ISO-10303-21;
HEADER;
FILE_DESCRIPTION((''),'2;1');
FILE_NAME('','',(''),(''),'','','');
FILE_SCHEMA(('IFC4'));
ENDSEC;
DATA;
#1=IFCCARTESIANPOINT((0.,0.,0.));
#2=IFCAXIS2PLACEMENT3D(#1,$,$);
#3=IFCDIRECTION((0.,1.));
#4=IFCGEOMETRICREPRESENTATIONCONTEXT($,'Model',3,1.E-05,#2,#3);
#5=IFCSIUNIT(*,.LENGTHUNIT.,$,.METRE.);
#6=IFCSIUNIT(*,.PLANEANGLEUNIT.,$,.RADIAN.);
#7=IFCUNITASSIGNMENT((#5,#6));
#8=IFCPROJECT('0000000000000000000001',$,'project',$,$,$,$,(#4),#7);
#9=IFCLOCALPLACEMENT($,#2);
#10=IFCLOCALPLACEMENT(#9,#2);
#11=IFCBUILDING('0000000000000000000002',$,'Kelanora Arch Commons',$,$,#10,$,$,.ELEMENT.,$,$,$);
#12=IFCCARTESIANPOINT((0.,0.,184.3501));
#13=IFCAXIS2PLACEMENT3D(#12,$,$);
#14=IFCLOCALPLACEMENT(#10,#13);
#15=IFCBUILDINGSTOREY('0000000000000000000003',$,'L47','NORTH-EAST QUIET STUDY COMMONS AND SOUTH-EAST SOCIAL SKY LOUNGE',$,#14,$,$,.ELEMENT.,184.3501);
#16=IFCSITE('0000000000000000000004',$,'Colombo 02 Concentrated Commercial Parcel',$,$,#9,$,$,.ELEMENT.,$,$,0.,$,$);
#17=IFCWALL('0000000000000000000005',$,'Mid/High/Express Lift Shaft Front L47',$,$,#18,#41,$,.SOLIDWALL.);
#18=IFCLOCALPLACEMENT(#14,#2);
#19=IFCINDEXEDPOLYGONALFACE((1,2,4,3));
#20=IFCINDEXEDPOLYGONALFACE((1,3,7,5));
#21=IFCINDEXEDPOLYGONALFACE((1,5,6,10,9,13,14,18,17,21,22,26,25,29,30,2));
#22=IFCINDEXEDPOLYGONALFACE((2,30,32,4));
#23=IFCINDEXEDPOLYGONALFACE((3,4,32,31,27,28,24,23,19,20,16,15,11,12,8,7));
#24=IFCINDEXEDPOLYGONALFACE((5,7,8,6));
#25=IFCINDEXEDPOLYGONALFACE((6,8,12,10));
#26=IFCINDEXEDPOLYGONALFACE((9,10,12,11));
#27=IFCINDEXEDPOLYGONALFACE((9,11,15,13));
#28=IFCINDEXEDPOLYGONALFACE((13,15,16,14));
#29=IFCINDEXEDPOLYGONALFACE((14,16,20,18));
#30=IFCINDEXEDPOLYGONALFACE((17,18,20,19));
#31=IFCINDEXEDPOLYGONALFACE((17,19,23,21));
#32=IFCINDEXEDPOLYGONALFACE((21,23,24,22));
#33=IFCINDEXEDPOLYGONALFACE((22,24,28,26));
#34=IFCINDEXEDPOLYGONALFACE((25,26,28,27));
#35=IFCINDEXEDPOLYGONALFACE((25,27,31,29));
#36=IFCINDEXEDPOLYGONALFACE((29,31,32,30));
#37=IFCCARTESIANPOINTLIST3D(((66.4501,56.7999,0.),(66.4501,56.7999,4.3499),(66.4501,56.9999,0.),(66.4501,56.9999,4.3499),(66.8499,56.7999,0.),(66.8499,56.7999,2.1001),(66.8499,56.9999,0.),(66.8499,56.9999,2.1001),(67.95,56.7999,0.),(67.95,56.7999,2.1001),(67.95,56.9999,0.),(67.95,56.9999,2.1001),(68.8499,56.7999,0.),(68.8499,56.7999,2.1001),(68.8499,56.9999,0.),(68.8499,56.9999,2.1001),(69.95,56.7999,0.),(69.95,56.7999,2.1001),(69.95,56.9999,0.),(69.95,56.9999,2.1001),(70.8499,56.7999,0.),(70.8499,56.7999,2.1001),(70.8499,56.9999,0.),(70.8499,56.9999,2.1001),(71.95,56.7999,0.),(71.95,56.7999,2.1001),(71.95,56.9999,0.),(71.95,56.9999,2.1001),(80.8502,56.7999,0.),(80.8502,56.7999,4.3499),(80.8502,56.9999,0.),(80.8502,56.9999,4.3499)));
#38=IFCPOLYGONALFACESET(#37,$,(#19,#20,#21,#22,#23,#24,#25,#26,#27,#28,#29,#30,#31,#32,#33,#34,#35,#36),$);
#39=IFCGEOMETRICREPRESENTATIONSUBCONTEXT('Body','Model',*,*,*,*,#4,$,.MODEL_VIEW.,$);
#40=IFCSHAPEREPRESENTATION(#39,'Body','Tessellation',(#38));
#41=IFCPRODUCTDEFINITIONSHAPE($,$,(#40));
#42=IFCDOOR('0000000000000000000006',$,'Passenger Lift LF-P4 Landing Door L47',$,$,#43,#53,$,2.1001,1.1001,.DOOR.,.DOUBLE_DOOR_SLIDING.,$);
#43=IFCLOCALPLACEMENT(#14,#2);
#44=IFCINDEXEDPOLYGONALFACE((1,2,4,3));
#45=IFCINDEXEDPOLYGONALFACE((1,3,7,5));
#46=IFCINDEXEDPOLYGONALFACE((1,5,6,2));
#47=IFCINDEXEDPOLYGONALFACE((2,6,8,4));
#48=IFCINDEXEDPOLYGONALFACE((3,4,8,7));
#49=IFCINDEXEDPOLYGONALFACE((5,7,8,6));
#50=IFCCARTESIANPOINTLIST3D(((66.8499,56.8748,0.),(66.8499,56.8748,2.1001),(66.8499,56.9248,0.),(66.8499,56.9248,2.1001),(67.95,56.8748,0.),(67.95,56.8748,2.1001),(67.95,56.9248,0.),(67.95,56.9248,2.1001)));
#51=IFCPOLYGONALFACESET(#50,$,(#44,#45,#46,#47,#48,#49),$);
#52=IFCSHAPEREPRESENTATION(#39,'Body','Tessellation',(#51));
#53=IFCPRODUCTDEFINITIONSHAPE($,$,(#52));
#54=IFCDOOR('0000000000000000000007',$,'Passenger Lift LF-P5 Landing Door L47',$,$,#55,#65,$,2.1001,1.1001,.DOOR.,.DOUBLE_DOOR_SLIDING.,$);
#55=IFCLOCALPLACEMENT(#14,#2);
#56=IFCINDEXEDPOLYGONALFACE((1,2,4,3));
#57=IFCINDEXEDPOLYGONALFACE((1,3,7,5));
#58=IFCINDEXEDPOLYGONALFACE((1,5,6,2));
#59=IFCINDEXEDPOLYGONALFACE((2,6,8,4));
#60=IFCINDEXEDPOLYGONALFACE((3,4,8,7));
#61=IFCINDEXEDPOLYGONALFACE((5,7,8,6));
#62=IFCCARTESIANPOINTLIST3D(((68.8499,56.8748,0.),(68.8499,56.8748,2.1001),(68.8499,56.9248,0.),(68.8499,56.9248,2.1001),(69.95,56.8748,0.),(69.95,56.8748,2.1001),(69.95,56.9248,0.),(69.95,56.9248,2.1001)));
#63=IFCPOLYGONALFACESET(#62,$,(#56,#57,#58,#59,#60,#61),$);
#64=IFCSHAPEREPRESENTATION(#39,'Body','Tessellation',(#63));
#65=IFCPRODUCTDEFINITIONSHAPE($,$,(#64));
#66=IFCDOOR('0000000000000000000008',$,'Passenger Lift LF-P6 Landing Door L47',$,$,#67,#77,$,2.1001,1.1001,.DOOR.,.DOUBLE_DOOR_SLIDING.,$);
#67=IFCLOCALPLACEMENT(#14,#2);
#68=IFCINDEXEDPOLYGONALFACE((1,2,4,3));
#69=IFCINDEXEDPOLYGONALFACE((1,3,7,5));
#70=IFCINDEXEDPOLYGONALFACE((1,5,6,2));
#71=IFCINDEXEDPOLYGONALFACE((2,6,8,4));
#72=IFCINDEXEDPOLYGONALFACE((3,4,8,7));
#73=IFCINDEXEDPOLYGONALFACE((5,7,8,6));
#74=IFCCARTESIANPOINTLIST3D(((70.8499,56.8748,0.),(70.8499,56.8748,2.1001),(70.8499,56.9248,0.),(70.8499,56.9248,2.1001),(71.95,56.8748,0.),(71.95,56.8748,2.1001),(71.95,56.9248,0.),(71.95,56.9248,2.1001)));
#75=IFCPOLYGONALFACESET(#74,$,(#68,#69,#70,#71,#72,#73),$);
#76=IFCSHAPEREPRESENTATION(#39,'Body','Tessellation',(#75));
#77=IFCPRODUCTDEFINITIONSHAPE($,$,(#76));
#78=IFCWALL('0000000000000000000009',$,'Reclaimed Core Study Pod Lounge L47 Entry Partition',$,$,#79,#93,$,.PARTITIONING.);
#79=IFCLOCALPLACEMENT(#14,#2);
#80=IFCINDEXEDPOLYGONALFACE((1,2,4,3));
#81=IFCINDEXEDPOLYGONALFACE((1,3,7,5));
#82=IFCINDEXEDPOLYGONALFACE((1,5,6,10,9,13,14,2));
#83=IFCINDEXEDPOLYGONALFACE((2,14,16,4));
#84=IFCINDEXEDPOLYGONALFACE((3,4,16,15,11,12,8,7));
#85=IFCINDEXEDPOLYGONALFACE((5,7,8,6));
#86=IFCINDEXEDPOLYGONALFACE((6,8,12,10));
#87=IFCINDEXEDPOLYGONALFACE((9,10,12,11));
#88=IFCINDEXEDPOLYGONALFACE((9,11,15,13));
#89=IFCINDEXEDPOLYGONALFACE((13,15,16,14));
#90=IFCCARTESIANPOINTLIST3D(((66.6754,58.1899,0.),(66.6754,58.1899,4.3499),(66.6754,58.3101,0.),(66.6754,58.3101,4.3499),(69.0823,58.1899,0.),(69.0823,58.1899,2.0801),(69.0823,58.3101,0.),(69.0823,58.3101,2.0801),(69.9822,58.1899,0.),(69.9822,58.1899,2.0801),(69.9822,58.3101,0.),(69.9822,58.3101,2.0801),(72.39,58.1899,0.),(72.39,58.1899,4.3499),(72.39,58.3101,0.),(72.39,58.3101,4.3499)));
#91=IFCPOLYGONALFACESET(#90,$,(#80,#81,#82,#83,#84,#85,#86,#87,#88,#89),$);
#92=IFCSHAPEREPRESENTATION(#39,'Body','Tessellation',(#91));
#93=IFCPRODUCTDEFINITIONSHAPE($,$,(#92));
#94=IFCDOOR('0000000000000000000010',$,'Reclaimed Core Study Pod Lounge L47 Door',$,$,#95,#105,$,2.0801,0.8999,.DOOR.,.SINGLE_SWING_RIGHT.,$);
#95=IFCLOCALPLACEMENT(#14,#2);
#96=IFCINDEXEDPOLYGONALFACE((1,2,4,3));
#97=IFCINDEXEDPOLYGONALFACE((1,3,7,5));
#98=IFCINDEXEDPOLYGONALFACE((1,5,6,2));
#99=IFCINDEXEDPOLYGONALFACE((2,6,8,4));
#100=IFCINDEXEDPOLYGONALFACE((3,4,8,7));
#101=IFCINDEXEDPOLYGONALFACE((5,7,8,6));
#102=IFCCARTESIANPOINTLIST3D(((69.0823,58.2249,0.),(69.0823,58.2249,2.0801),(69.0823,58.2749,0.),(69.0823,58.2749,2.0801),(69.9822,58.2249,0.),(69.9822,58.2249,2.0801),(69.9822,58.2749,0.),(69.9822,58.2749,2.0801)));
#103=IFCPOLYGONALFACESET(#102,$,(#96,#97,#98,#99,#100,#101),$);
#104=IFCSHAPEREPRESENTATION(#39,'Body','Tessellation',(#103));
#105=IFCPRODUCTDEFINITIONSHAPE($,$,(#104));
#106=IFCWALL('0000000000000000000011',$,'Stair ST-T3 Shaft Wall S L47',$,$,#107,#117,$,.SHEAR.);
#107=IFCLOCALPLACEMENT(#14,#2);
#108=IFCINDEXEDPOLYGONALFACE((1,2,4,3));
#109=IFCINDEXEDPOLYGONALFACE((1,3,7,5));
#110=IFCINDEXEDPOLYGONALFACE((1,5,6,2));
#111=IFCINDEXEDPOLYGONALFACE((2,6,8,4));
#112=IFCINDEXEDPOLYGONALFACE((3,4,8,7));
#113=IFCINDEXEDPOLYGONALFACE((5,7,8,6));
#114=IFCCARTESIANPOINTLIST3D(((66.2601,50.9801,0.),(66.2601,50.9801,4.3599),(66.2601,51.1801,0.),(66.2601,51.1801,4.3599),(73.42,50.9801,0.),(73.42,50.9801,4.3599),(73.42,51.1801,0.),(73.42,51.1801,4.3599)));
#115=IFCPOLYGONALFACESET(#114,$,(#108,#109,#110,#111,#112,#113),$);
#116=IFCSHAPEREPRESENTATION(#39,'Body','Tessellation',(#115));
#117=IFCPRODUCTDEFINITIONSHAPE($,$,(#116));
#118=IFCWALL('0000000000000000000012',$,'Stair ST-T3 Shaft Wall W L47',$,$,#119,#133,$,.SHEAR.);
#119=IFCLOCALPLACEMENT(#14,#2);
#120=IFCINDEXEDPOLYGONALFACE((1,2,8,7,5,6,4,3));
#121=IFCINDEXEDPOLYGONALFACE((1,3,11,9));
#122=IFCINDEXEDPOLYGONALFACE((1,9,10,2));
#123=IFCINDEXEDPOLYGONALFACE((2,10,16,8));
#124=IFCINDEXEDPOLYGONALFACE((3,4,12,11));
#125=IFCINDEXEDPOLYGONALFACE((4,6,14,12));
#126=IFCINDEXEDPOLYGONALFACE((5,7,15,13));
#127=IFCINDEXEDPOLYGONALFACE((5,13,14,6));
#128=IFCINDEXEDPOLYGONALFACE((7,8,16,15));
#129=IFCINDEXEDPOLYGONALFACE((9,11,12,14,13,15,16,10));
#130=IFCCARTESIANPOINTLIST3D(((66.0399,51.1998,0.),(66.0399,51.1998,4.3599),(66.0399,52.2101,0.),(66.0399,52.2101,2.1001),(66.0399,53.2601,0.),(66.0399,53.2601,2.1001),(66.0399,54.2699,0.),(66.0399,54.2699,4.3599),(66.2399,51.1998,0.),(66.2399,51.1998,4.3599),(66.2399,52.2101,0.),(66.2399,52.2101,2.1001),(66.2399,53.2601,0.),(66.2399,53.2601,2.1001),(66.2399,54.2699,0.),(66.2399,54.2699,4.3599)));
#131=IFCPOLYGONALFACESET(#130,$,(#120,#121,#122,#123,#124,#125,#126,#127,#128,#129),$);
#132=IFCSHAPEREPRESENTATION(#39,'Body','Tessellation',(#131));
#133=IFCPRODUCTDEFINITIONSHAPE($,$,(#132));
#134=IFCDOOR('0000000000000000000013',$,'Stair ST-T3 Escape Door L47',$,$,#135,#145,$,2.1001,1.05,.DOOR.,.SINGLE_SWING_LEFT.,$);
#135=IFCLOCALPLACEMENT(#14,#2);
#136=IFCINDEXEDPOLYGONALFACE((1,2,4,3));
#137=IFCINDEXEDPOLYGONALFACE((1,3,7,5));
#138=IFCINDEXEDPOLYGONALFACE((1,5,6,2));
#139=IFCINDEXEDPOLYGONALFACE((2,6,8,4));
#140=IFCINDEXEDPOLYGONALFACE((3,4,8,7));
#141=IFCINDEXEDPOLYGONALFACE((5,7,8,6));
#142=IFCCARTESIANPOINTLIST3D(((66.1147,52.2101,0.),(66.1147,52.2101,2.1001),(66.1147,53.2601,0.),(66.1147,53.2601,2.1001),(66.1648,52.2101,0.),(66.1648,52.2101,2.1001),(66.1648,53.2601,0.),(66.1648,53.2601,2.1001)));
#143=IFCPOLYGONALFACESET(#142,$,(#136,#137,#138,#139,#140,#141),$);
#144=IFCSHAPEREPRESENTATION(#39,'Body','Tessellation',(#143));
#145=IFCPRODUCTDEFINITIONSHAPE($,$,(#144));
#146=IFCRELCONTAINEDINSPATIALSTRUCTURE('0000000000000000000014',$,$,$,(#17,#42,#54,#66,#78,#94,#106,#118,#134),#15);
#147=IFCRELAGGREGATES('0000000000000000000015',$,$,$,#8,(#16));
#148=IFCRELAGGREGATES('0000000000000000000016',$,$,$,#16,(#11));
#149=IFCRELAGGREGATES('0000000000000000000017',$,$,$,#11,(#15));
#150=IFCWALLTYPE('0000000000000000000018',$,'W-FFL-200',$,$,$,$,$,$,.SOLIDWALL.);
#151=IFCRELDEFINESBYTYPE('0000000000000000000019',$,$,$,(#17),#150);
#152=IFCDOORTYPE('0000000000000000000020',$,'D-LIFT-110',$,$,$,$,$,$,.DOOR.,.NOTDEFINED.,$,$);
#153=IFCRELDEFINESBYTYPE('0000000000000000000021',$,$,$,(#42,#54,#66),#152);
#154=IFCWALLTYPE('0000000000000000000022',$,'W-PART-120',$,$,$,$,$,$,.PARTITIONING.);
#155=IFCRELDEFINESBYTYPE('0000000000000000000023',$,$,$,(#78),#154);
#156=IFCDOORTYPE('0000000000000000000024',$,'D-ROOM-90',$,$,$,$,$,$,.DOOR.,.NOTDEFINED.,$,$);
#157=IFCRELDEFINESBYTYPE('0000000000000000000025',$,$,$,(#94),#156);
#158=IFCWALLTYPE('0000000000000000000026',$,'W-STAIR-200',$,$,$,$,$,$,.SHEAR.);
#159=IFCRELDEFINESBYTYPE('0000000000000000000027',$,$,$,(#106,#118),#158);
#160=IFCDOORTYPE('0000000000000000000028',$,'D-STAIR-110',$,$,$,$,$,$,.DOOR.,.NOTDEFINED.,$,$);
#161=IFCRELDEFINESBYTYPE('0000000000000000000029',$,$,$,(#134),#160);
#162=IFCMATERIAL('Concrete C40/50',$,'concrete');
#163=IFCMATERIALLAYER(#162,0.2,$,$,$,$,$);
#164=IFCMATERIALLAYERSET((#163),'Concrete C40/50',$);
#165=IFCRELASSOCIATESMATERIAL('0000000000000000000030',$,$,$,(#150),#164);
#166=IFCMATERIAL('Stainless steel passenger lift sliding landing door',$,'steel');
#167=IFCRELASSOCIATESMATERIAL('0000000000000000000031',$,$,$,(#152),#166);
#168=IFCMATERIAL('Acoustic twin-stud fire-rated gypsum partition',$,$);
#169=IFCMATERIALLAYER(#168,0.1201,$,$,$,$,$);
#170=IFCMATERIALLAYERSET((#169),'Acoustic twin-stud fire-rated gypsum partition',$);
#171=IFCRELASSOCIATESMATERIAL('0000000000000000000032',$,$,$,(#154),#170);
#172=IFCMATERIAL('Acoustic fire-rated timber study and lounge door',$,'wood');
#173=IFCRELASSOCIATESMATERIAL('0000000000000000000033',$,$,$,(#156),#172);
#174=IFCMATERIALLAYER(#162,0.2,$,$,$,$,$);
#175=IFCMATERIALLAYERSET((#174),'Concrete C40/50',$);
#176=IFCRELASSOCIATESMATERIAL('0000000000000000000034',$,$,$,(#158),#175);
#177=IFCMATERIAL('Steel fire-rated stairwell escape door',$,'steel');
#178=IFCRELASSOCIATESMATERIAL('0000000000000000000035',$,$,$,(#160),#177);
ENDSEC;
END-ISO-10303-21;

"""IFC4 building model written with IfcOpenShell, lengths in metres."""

from ifc_helpers import new_model, si_unit, direction, frame, frame_2d, origin, place, context, subcontext, project, spatial, rectangle, extrude, material, layer, layer_set, type_object, element, fill, save


model = new_model("IFC4")

# Units and contexts
model_context = context("Model", 3, precision=1e-05, world=origin(), true_north=direction((0.0, 1.0)))
body_context = subcontext(model_context, "Body", "Model", "MODEL_VIEW")
ifc_project = project(units=[si_unit("LENGTHUNIT", "METRE"), si_unit("PLANEANGLEUNIT", "RADIAN")], contexts=[model_context])

# Site, building, storey
site_placement = place(None, origin())
site = spatial("IfcSite", under=ifc_project, at=site_placement, Name="Colombo 02 Concentrated Commercial Parcel", CompositionType="ELEMENT", RefElevation=0.0)
building_placement = place(site_placement, origin())
building = spatial("IfcBuilding", under=site, at=building_placement, Name="Kelanora Arch Commons", CompositionType="ELEMENT")
storey_placement = place(building_placement, frame((0.0, 0.0, 184.3501)))
storey = spatial("IfcBuildingStorey", under=building, at=storey_placement, Name="L47", Description="NORTH-EAST QUIET STUDY COMMONS AND SOUTH-EAST SOCIAL SKY LOUNGE", CompositionType="ELEMENT", Elevation=184.3501)

# Wall, openings, doors
ifc_material_1 = material(Name="Concrete C40/50", Category="concrete")
ifc_layer_1 = layer(ifc_material_1, 0.2)
ifc_layer_set_1 = layer_set([ifc_layer_1], Name="Concrete C40/50")
wall_type_1 = type_object("IfcWallType", Name="W-FFL-200", PredefinedType="SOLIDWALL", material=ifc_layer_set_1)
wall_1_placement = place(storey_placement, frame((66.45, 56.8999, 0.0), z_axis=(0.0, 0.0, 1.0), x_axis=(1.0, 0.0, 0.0)))
wall_1 = element("IfcWall", 1, at=wall_1_placement, inside=storey, type_object=wall_type_1, Name="Mid/High/Express Lift Shaft Front L47", PredefinedType="SOLIDWALL", context=body_context, shape_type="SweptSolid", body=[
    extrude(rectangle(XDim=14.4001, YDim=0.2, at=frame_2d((7.2002, 0.0))), origin(), (0.0, 0.0, 1.0), 4.3499),
])
opening_1_placement = place(wall_1_placement, frame((0.3999, 0.0, 0.0)))
opening_1 = element("IfcOpeningElement", 2, at=opening_1_placement, cuts=wall_1, PredefinedType="OPENING", context=body_context, shape_type="SweptSolid", body=[
    extrude(rectangle(XDim=1.1001, YDim=2.1001, at=frame_2d((0.55, 1.05))), frame((0.0, 0.1099, 0.0), z_axis=(0.0, -1.0, 0.0), x_axis=(1.0, 0.0, 0.0)), (0.0, 0.0, 1.0), 0.22),
])
opening_2_placement = place(wall_1_placement, frame((2.3999, 0.0, 0.0)))
opening_2 = element("IfcOpeningElement", 3, at=opening_2_placement, cuts=wall_1, PredefinedType="OPENING", context=body_context, shape_type="SweptSolid", body=[
    extrude(rectangle(XDim=1.1001, YDim=2.1001, at=frame_2d((0.55, 1.05))), frame((0.0, 0.1099, 0.0), z_axis=(0.0, -1.0, 0.0), x_axis=(1.0, 0.0, 0.0)), (0.0, 0.0, 1.0), 0.22),
])
opening_3_placement = place(wall_1_placement, frame((4.3999, 0.0, 0.0)))
opening_3 = element("IfcOpeningElement", 4, at=opening_3_placement, cuts=wall_1, PredefinedType="OPENING", context=body_context, shape_type="SweptSolid", body=[
    extrude(rectangle(XDim=1.1001, YDim=2.1001, at=frame_2d((0.55, 1.05))), frame((0.0, 0.1099, 0.0), z_axis=(0.0, -1.0, 0.0), x_axis=(1.0, 0.0, 0.0)), (0.0, 0.0, 1.0), 0.22),
])
ifc_material_2 = material(Name="Stainless steel passenger lift sliding landing door", Category="steel")
door_type_1 = type_object("IfcDoorType", Name="D-LIFT-110", OperationType="NOTDEFINED", PredefinedType="DOOR", material=ifc_material_2)
door_1_placement = place(opening_1_placement, origin())
door_1 = element("IfcDoor", 5, at=door_1_placement, inside=storey, type_object=door_type_1, Name="Passenger Lift LF-P4 Landing Door L47", OperationType="DOUBLE_DOOR_SLIDING", OverallHeight=2.1001, OverallWidth=1.1001, PredefinedType="DOOR", context=body_context, shape_type="SweptSolid", body=[
    extrude(rectangle(XDim=1.1001, YDim=2.1001, at=frame_2d((0.55, 1.05))), frame((0.0, 0.0249, 0.0), z_axis=(0.0, -1.0, 0.0), x_axis=(1.0, 0.0, 0.0)), (0.0, 0.0, 1.0), 0.05),
])
fill(opening_1, door_1)
door_2_placement = place(opening_2_placement, origin())
door_2 = element("IfcDoor", 6, at=door_2_placement, inside=storey, type_object=door_type_1, Name="Passenger Lift LF-P5 Landing Door L47", OperationType="DOUBLE_DOOR_SLIDING", OverallHeight=2.1001, OverallWidth=1.1001, PredefinedType="DOOR", context=body_context, shape_type="SweptSolid", body=[
    extrude(rectangle(XDim=1.1001, YDim=2.1001, at=frame_2d((0.55, 1.05))), frame((0.0, 0.0249, 0.0), z_axis=(0.0, -1.0, 0.0), x_axis=(1.0, 0.0, 0.0)), (0.0, 0.0, 1.0), 0.05),
])
fill(opening_2, door_2)
door_3_placement = place(opening_3_placement, origin())
door_3 = element("IfcDoor", 7, at=door_3_placement, inside=storey, type_object=door_type_1, Name="Passenger Lift LF-P6 Landing Door L47", OperationType="DOUBLE_DOOR_SLIDING", OverallHeight=2.1001, OverallWidth=1.1001, PredefinedType="DOOR", context=body_context, shape_type="SweptSolid", body=[
    extrude(rectangle(XDim=1.1001, YDim=2.1001, at=frame_2d((0.55, 1.05))), frame((0.0, 0.0249, 0.0), z_axis=(0.0, -1.0, 0.0), x_axis=(1.0, 0.0, 0.0)), (0.0, 0.0, 1.0), 0.05),
])
fill(opening_3, door_3)

# Wall, opening, door
ifc_material_3 = material(Name="Acoustic twin-stud fire-rated gypsum partition")
ifc_layer_2 = layer(ifc_material_3, 0.1201)
ifc_layer_set_2 = layer_set([ifc_layer_2], Name="Acoustic twin-stud fire-rated gypsum partition")
wall_type_2 = type_object("IfcWallType", Name="W-PART-120", PredefinedType="PARTITIONING", material=ifc_layer_set_2)
wall_2_placement = place(storey_placement, frame((66.6753, 58.25, 0.0), z_axis=(0.0, 0.0, 1.0), x_axis=(1.0, 0.0, 0.0)))
wall_2 = element("IfcWall", 8, at=wall_2_placement, inside=storey, type_object=wall_type_2, Name="Reclaimed Core Study Pod Lounge L47 Entry Partition", PredefinedType="PARTITIONING", context=body_context, shape_type="SweptSolid", body=[
    extrude(rectangle(XDim=5.7146, YDim=0.1201, at=frame_2d((2.8574, 0.0))), origin(), (0.0, 0.0, 1.0), 4.3499),
])
opening_4_placement = place(wall_2_placement, frame((2.407, 0.0, 0.0)))
opening_4 = element("IfcOpeningElement", 9, at=opening_4_placement, cuts=wall_2, PredefinedType="OPENING", context=body_context, shape_type="SweptSolid", body=[
    extrude(rectangle(XDim=0.8999, YDim=2.0801, at=frame_2d((0.45, 1.04))), frame((0.0, 0.0701, 0.0), z_axis=(0.0, -1.0, 0.0), x_axis=(1.0, 0.0, 0.0)), (0.0, 0.0, 1.0), 0.1401),
])
ifc_material_4 = material(Name="Acoustic fire-rated timber study and lounge door", Category="wood")
door_type_2 = type_object("IfcDoorType", Name="D-ROOM-90", OperationType="NOTDEFINED", PredefinedType="DOOR", material=ifc_material_4)
door_4_placement = place(opening_4_placement, origin())
door_4 = element("IfcDoor", 10, at=door_4_placement, inside=storey, type_object=door_type_2, Name="Reclaimed Core Study Pod Lounge L47 Door", OperationType="SINGLE_SWING_RIGHT", OverallHeight=2.0801, OverallWidth=0.8999, PredefinedType="DOOR", context=body_context, shape_type="SweptSolid", body=[
    extrude(rectangle(XDim=0.8999, YDim=2.0801, at=frame_2d((0.45, 1.04))), frame((0.0, 0.0249, 0.0), z_axis=(0.0, -1.0, 0.0), x_axis=(1.0, 0.0, 0.0)), (0.0, 0.0, 1.0), 0.05),
])
fill(opening_4, door_4)

# Wall
ifc_layer_3 = layer(ifc_material_1, 0.2)
ifc_layer_set_3 = layer_set([ifc_layer_3], Name="Concrete C40/50")
wall_type_3 = type_object("IfcWallType", Name="W-STAIR-200", PredefinedType="SHEAR", material=ifc_layer_set_3)
wall_3_placement = place(storey_placement, frame((66.26, 51.0801, 0.0), z_axis=(0.0, 0.0, 1.0), x_axis=(1.0, 0.0, 0.0)))
element("IfcWall", 11, at=wall_3_placement, inside=storey, type_object=wall_type_3, Name="Stair ST-T3 Shaft Wall S L47", PredefinedType="SHEAR", context=body_context, shape_type="SweptSolid", body=[
    extrude(rectangle(XDim=7.1599, YDim=0.2, at=frame_2d((3.5801, 0.0))), origin(), (0.0, 0.0, 1.0), 4.3599),
])

# Wall, opening, door
wall_4_placement = place(storey_placement, frame((66.1399, 54.27, 0.0), z_axis=(0.0, 0.0, 1.0), x_axis=(0.0, -1.0, 0.0)))
wall_4 = element("IfcWall", 12, at=wall_4_placement, inside=storey, type_object=wall_type_3, Name="Stair ST-T3 Shaft Wall W L47", PredefinedType="SHEAR", context=body_context, shape_type="SweptSolid", body=[
    extrude(rectangle(XDim=3.0701, YDim=0.2, at=frame_2d((1.5352, 0.0))), origin(), (0.0, 0.0, 1.0), 4.3599),
])
opening_5_placement = place(wall_4_placement, frame((1.01, 0.0, 0.0)))
opening_5 = element("IfcOpeningElement", 13, at=opening_5_placement, cuts=wall_4, PredefinedType="OPENING", context=body_context, shape_type="SweptSolid", body=[
    extrude(rectangle(XDim=1.05, YDim=2.1001, at=frame_2d((0.5249, 1.05))), frame((0.0, 0.1099, 0.0), z_axis=(0.0, -1.0, 0.0), x_axis=(1.0, 0.0, 0.0)), (0.0, 0.0, 1.0), 0.22),
])
ifc_material_5 = material(Name="Steel fire-rated stairwell escape door", Category="steel")
door_type_3 = type_object("IfcDoorType", Name="D-STAIR-110", OperationType="NOTDEFINED", PredefinedType="DOOR", material=ifc_material_5)
door_5_placement = place(opening_5_placement, origin())
door_5 = element("IfcDoor", 14, at=door_5_placement, inside=storey, type_object=door_type_3, Name="Stair ST-T3 Escape Door L47", OperationType="SINGLE_SWING_LEFT", OverallHeight=2.1001, OverallWidth=1.05, PredefinedType="DOOR", context=body_context, shape_type="SweptSolid", body=[
    extrude(rectangle(XDim=1.05, YDim=2.1001, at=frame_2d((0.5249, 1.05))), frame((0.0, 0.0249, 0.0), z_axis=(0.0, -1.0, 0.0), x_axis=(1.0, 0.0, 0.0)), (0.0, 0.0, 1.0), 0.05),
])
fill(opening_5, door_5)

save(model, "model.ifc")
